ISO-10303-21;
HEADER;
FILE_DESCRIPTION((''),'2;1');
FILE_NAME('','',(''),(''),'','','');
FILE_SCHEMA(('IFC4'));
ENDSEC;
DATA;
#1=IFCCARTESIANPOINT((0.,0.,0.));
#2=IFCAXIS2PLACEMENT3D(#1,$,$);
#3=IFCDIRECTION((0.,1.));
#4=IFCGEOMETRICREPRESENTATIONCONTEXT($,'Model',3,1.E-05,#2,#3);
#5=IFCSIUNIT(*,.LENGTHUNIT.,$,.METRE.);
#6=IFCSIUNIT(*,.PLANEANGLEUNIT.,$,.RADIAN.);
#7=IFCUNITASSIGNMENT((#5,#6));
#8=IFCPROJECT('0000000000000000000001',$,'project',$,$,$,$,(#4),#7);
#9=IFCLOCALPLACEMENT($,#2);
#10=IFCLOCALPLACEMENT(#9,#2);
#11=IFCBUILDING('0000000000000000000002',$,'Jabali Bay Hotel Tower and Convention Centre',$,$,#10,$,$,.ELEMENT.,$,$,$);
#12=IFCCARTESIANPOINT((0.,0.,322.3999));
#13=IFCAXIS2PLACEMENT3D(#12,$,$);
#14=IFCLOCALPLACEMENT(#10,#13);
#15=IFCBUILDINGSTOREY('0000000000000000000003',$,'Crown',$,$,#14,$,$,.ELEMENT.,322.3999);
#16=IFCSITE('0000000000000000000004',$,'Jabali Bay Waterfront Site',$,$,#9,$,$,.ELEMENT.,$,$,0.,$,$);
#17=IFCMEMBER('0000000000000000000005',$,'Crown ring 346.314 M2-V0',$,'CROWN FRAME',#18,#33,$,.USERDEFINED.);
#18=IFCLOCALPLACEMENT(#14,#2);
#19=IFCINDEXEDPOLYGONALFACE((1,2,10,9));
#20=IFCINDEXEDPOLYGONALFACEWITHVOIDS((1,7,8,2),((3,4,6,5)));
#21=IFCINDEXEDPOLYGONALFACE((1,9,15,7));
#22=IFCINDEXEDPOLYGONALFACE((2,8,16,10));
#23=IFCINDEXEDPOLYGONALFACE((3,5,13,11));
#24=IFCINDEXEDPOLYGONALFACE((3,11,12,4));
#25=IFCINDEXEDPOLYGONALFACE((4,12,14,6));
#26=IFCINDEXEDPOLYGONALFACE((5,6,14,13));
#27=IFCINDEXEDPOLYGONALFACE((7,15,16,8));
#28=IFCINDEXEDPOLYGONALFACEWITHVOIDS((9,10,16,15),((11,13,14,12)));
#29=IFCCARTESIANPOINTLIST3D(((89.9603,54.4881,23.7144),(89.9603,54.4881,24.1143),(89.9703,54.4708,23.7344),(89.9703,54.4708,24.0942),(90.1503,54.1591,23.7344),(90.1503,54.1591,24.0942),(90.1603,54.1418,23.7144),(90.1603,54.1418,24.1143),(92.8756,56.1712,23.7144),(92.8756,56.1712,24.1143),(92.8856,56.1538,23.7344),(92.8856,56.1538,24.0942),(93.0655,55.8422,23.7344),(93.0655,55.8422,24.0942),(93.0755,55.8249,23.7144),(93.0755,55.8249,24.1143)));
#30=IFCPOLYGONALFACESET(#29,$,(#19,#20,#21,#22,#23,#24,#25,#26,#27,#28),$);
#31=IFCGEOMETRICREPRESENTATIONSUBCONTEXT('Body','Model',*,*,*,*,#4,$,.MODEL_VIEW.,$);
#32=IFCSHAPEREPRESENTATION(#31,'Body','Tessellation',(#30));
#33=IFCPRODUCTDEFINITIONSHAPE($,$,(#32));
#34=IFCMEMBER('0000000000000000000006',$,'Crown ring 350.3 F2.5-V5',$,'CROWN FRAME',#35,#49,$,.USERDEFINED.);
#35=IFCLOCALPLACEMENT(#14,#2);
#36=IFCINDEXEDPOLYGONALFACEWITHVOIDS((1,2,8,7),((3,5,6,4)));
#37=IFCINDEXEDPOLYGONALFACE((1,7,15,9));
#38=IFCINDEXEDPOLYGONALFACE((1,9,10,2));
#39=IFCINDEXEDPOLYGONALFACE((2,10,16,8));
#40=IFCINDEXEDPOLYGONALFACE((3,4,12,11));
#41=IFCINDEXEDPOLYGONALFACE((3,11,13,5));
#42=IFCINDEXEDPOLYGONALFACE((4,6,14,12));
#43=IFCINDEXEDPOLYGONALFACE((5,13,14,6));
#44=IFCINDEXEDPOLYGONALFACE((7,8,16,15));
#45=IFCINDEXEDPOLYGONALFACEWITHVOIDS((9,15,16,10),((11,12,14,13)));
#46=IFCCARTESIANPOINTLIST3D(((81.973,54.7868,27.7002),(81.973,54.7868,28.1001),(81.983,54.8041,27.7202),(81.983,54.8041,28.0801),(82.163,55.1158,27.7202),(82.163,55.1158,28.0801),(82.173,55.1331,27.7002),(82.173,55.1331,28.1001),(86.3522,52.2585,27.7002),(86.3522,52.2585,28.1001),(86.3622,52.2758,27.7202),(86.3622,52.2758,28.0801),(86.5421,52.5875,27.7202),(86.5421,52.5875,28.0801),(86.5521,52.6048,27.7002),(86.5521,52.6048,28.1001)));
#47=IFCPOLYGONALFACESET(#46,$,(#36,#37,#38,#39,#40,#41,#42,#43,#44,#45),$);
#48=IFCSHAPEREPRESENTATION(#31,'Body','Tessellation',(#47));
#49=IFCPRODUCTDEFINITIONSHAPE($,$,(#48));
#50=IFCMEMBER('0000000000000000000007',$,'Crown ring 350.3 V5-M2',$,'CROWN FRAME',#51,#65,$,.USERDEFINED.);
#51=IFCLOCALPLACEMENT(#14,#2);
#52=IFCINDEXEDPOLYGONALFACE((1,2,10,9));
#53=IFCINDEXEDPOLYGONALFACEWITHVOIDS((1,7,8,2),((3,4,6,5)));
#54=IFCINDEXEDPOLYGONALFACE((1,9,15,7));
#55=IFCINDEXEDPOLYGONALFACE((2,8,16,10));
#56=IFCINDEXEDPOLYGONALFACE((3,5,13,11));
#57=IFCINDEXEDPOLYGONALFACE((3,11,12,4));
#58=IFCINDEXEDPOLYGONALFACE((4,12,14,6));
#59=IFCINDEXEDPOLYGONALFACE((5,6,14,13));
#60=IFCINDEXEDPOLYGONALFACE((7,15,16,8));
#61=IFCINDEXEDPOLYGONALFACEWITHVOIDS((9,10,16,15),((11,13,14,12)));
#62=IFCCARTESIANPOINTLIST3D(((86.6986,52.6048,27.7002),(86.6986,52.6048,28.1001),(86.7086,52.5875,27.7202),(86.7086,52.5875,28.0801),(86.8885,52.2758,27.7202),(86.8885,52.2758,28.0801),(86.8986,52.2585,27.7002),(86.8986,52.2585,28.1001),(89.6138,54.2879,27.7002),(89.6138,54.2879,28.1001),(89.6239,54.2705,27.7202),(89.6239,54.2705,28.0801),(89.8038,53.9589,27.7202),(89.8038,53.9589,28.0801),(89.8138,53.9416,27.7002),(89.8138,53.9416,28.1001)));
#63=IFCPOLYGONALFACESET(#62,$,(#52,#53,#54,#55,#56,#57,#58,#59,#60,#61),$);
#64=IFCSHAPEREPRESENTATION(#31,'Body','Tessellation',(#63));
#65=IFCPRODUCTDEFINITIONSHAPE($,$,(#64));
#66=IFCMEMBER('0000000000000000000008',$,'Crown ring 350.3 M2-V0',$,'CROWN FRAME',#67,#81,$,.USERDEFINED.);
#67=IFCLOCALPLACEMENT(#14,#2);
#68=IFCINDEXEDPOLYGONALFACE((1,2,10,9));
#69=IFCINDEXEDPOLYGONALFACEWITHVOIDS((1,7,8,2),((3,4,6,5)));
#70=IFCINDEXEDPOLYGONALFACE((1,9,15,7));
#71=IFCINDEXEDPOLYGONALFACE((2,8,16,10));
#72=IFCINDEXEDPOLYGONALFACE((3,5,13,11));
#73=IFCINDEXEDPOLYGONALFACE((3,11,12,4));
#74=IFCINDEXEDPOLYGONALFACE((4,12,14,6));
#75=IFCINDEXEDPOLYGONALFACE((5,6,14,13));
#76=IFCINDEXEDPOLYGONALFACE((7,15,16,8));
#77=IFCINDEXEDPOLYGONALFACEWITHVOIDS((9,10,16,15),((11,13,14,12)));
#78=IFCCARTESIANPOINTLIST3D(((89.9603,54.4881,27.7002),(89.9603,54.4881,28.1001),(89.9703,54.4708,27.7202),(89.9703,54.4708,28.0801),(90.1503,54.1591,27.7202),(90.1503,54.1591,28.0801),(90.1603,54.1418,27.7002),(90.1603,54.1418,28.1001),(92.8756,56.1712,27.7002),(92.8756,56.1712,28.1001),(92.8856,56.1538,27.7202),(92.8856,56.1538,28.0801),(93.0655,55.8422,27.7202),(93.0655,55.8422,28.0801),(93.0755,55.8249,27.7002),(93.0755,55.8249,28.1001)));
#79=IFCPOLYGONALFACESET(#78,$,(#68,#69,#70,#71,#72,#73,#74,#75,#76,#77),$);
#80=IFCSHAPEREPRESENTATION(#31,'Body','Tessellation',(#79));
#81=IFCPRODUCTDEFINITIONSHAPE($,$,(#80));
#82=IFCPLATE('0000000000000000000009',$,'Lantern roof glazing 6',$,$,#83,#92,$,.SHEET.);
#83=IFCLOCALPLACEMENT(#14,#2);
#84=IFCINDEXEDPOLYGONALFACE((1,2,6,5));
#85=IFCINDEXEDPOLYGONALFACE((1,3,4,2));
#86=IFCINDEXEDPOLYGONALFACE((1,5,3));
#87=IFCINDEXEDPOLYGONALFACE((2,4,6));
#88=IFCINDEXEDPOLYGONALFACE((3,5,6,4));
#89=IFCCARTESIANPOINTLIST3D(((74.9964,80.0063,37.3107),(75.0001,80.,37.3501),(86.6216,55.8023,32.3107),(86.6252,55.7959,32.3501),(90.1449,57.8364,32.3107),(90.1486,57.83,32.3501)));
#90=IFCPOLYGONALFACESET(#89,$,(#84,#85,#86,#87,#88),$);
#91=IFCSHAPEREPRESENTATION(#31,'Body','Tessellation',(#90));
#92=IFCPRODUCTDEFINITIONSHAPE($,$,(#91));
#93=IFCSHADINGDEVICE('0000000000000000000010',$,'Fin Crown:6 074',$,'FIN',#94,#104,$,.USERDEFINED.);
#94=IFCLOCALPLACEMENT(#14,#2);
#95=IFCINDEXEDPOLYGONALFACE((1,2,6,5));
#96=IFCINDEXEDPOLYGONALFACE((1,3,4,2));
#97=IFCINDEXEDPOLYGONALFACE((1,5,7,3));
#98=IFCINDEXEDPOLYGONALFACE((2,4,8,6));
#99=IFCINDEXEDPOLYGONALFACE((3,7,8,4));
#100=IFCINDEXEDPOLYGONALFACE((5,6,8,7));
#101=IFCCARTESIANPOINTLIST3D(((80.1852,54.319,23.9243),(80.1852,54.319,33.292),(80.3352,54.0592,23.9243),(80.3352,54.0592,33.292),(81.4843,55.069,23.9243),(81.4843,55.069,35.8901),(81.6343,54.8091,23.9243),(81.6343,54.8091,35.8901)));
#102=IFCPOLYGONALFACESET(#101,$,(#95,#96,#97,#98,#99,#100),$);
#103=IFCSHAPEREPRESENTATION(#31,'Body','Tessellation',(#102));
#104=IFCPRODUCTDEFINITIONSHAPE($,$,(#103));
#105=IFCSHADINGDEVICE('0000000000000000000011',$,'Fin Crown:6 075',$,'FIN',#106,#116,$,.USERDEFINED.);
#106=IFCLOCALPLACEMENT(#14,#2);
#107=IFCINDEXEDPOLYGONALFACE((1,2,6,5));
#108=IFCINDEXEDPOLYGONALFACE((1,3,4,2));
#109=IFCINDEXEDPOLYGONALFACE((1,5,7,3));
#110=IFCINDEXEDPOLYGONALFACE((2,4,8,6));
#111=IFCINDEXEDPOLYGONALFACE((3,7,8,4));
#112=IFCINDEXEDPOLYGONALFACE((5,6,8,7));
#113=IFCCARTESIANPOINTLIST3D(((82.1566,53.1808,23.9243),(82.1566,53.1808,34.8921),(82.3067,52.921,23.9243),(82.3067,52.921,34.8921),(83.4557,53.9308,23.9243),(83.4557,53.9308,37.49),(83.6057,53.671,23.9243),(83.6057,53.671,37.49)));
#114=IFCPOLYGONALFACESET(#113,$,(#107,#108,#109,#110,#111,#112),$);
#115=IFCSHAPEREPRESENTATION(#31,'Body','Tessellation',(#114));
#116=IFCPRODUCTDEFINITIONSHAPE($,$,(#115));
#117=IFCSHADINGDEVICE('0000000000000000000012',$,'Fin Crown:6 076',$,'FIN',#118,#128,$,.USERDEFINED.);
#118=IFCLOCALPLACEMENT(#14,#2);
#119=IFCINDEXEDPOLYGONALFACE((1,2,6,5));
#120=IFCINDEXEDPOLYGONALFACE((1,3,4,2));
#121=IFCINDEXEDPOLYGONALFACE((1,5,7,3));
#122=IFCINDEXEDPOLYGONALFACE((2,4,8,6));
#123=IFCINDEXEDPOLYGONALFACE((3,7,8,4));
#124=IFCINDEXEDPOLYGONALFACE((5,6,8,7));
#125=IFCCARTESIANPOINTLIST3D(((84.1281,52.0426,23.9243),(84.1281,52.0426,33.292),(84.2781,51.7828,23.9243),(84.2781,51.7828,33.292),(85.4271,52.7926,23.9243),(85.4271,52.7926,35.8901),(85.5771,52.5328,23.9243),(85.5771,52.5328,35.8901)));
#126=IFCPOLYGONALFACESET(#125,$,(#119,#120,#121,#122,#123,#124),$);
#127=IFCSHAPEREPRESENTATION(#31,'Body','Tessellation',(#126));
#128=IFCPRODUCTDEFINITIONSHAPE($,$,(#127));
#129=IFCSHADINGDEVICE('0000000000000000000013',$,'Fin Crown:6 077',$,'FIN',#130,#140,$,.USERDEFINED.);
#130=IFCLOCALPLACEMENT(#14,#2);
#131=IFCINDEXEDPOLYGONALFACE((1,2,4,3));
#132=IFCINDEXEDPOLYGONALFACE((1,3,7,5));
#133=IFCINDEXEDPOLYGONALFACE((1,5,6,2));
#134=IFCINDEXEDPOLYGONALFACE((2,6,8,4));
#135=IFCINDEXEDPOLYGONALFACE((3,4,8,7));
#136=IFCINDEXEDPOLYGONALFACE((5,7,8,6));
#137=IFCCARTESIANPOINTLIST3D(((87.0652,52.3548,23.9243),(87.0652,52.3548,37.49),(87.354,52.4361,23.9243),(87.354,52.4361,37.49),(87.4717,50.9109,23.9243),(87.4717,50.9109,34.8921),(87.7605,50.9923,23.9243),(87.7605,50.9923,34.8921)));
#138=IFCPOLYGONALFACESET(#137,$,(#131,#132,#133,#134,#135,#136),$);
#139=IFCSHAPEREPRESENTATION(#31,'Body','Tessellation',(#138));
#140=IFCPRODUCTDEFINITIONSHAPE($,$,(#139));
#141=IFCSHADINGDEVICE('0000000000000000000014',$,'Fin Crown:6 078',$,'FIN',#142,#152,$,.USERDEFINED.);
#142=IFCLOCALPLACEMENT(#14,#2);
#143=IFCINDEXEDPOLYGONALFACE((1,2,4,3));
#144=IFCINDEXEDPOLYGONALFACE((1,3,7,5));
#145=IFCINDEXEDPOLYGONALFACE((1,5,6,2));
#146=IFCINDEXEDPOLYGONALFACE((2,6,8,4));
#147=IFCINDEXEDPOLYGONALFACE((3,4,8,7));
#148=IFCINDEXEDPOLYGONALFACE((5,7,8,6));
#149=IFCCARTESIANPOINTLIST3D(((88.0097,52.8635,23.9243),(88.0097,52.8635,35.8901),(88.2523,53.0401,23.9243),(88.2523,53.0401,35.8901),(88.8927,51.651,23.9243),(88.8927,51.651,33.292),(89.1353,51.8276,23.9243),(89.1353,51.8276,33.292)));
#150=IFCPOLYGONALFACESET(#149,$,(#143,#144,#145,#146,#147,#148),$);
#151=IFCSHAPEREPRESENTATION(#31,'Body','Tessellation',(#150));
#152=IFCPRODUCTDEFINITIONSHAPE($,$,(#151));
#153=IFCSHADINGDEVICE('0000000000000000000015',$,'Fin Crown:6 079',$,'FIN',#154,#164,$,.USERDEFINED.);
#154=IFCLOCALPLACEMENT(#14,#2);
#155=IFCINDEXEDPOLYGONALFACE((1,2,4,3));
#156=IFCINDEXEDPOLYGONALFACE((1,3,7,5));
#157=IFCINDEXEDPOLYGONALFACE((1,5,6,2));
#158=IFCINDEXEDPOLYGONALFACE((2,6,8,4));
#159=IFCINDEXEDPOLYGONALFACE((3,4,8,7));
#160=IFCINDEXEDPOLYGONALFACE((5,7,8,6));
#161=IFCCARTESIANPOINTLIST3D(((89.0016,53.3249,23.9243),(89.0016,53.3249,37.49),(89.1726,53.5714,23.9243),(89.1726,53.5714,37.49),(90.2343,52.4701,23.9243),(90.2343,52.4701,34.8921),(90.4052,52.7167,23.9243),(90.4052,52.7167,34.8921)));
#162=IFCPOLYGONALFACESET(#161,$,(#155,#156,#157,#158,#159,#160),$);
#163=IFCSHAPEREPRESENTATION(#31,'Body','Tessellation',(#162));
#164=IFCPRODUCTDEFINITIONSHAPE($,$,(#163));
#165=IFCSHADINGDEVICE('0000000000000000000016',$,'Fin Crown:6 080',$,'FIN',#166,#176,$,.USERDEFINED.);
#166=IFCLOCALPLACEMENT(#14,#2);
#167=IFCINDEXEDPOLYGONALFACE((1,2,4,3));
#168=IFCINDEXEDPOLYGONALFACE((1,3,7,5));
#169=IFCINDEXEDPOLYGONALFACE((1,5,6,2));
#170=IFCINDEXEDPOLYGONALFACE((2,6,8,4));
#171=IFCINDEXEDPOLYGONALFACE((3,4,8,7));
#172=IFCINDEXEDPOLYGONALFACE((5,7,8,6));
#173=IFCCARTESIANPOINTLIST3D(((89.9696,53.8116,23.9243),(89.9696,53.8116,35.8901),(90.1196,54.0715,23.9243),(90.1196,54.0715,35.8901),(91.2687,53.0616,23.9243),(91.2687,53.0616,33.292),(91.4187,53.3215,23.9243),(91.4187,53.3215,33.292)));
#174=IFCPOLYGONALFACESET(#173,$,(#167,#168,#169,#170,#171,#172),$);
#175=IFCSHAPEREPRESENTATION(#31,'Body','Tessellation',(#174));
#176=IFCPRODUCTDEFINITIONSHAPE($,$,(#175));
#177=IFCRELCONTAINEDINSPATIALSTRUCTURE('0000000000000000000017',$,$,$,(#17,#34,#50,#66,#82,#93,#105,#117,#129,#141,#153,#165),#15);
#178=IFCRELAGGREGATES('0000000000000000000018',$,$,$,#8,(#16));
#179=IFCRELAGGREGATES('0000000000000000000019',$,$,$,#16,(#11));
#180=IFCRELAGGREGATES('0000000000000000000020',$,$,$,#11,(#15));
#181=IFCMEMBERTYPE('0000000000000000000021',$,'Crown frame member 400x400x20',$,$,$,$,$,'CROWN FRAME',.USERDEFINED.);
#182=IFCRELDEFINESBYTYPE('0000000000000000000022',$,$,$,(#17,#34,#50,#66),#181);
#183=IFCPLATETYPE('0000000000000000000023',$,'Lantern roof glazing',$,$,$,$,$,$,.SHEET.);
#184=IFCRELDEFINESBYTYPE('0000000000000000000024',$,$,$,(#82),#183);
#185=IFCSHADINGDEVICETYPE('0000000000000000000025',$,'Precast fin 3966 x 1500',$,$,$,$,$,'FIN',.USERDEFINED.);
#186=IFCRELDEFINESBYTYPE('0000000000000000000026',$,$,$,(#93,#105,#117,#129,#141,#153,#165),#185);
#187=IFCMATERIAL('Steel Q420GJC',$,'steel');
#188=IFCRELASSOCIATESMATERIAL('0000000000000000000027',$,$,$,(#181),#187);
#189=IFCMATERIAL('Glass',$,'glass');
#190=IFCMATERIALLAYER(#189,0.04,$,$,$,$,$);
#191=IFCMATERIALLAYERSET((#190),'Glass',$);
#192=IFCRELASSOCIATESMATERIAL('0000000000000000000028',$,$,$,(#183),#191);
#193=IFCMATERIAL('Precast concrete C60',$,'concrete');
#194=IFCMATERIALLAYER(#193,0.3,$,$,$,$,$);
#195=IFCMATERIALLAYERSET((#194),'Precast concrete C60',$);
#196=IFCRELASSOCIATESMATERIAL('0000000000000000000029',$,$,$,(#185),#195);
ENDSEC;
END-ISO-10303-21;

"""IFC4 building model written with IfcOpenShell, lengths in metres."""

from ifc_helpers import new_model, si_unit, direction, frame, origin, origin_2d, place, context, subcontext, project, spatial, polyline, hollow_rectangle, outline, extrude, material, layer, layer_set, material_profile, profile_set, type_object, element, save


model = new_model("IFC4")

# Units and contexts
model_context = context("Model", 3, precision=1e-05, world=origin(), true_north=direction((0.0, 1.0)))
body_context = subcontext(model_context, "Body", "Model", "MODEL_VIEW")
ifc_project = project(units=[si_unit("LENGTHUNIT", "METRE"), si_unit("PLANEANGLEUNIT", "RADIAN")], contexts=[model_context])

# Site, building, storey
site_placement = place(None, origin())
site = spatial("IfcSite", under=ifc_project, at=site_placement, Name="Jabali Bay Waterfront Site", CompositionType="ELEMENT", RefElevation=0.0)
building_placement = place(site_placement, origin())
building = spatial("IfcBuilding", under=site, at=building_placement, Name="Jabali Bay Hotel Tower and Convention Centre", CompositionType="ELEMENT")
storey_placement = place(building_placement, frame((0.0, 0.0, 322.3999)))
storey = spatial("IfcBuildingStorey", under=building, at=storey_placement, Name="Crown", CompositionType="ELEMENT", Elevation=322.3999)

# Members
ifc_material_1 = material(Name="Steel Q420GJC", Category="steel")
ifc_material_profile_1 = material_profile(ifc_material_1, hollow_rectangle(XDim=0.3999, YDim=0.3999, WallThickness=0.02, at=origin_2d()), Name="Crown frame member 400x400x20")
ifc_profile_set_1 = profile_set([ifc_material_profile_1], Name="Steel Q420GJC")
member_type_1 = type_object("IfcMemberType", Name="Crown frame member 400x400x20", ElementType="CROWN FRAME", PredefinedType="USERDEFINED", material=ifc_profile_set_1)
member_1_placement = place(storey_placement, frame((90.0603, 54.3149, 23.9143), z_axis=(0.86603, 0.499992, 0.0), x_axis=(-0.499992, 0.86603, 0.0)))
element("IfcMember", 1, at=member_1_placement, inside=storey, type_object=member_type_1, Name="Crown ring 346.314 M2-V0", ObjectType="CROWN FRAME", PredefinedType="USERDEFINED", context=body_context, shape_type="SweptSolid", body=[
    extrude(hollow_rectangle(XDim=0.3999, YDim=0.3999, WallThickness=0.02, at=origin_2d()), origin(), (0.0, 0.0, 1.0), 3.3662),
])
member_2_placement = place(storey_placement, frame((82.073, 54.96, 27.9001), z_axis=(0.866024, -0.500002, 0.0), x_axis=(0.500002, 0.866024, 0.0)))
element("IfcMember", 2, at=member_2_placement, inside=storey, type_object=member_type_1, Name="Crown ring 350.3 F2.5-V5", ObjectType="CROWN FRAME", PredefinedType="USERDEFINED", context=body_context, shape_type="SweptSolid", body=[
    extrude(hollow_rectangle(XDim=0.3999, YDim=0.3999, WallThickness=0.02, at=origin_2d()), origin(), (0.0, 0.0, 1.0), 5.0566),
])
for number, where, z_axis, x_axis, name in (
    (3, (86.7986, 52.4316, 27.9001), (0.86603, 0.499992, 0.0), (-0.499992, 0.86603, 0.0), "Crown ring 350.3 V5-M2"),
    (4, (90.0603, 54.3149, 27.9001), (0.86603, 0.499992, 0.0), (-0.499992, 0.86603, 0.0), "Crown ring 350.3 M2-V0"),
):
    element("IfcMember", number, at=place(storey_placement, frame(where, z_axis=z_axis, x_axis=x_axis)), inside=storey, type_object=member_type_1, Name=name, ObjectType="CROWN FRAME", PredefinedType="USERDEFINED", context=body_context, shape_type="SweptSolid", body=[
        extrude(hollow_rectangle(XDim=0.3999, YDim=0.3999, WallThickness=0.02, at=origin_2d()), origin(), (0.0, 0.0, 1.0), 3.3662),
    ])

# Plate
ifc_material_2 = material(Name="Glass", Category="glass")
ifc_layer_1 = layer(ifc_material_2, 0.04)
ifc_layer_set_1 = layer_set([ifc_layer_1], Name="Glass")
plate_type = type_object("IfcPlateType", Name="Lantern roof glazing", PredefinedType="SHEET", material=ifc_layer_set_1)
plate_placement = place(storey_placement, frame((86.6252, 55.7959, 32.3501), z_axis=(0.091785, -0.158982, 0.983006), x_axis=(0.866034, 0.499986, 0.0)))
element("IfcPlate", 5, at=plate_placement, inside=storey, type_object=plate_type, Name="Lantern roof glazing 6", PredefinedType="SHEET", context=body_context, shape_type="SweptSolid", body=[
    extrude(outline(polyline([(0.0, 0.0), (4.0684, 0.0), (2.0339, 27.2368), (0.0, 0.0)])), origin(), (0.0, 0.0, -1.0), 0.04),
])

# Shading devices
ifc_material_3 = material(Name="Precast concrete C60", Category="concrete")
ifc_layer_2 = layer(ifc_material_3, 0.3)
ifc_layer_set_2 = layer_set([ifc_layer_2], Name="Precast concrete C60")
shading_device_type = type_object("IfcShadingDeviceType", Name="Precast fin 3966 x 1500", ElementType="FIN", PredefinedType="USERDEFINED", material=ifc_layer_set_2)
shading_device_1_placement = place(storey_placement, frame((81.5593, 54.939, 23.9243), z_axis=(0.0, 0.0, 1.0), x_axis=(-0.866031, -0.49999, 0.0)))
element("IfcShadingDevice", 6, at=shading_device_1_placement, inside=storey, type_object=shading_device_type, Name="Fin Crown:6 074", ObjectType="FIN", PredefinedType="USERDEFINED", context=body_context, shape_type="SweptSolid", body=[
    extrude(outline(polyline([(0.0, 0.0), (1.5, 0.0), (1.5, 9.3677), (0.0, 11.9658), (0.0, 0.0)])), frame((0.0, 0.1499, 0.0), z_axis=(0.0, -1.0, 0.0), x_axis=(1.0, 0.0, 0.0)), (0.0, 0.0, 1.0), 0.3),
])
shading_device_2_placement = place(storey_placement, frame((83.5308, 53.8008, 23.9243), z_axis=(0.0, 0.0, 1.0), x_axis=(-0.866031, -0.49999, 0.0)))
element("IfcShadingDevice", 7, at=shading_device_2_placement, inside=storey, type_object=shading_device_type, Name="Fin Crown:6 075", ObjectType="FIN", PredefinedType="USERDEFINED", context=body_context, shape_type="SweptSolid", body=[
    extrude(outline(polyline([(0.0, 0.0), (1.5, 0.0), (1.5, 10.9678), (0.0, 13.5657), (0.0, 0.0)])), frame((0.0, 0.1499, 0.0), z_axis=(0.0, -1.0, 0.0), x_axis=(1.0, 0.0, 0.0)), (0.0, 0.0, 1.0), 0.3),
])
shading_device_3_placement = place(storey_placement, frame((85.5022, 52.6626, 23.9243), z_axis=(0.0, 0.0, 1.0), x_axis=(-0.866031, -0.49999, 0.0)))
element("IfcShadingDevice", 8, at=shading_device_3_placement, inside=storey, type_object=shading_device_type, Name="Fin Crown:6 076", ObjectType="FIN", PredefinedType="USERDEFINED", context=body_context, shape_type="SweptSolid", body=[
    extrude(outline(polyline([(0.0, 0.0), (1.5, 0.0), (1.5, 9.3677), (0.0, 11.9658), (0.0, 0.0)])), frame((0.0, 0.1499, 0.0), z_axis=(0.0, -1.0, 0.0), x_axis=(1.0, 0.0, 0.0)), (0.0, 0.0, 1.0), 0.3),
])
shading_device_4_placement = place(storey_placement, frame((87.2097, 52.3955, 23.9243), z_axis=(0.0, 0.0, 1.0), x_axis=(0.271, -0.962579, 0.0)))
element("IfcShadingDevice", 9, at=shading_device_4_placement, inside=storey, type_object=shading_device_type, Name="Fin Crown:6 077", ObjectType="FIN", PredefinedType="USERDEFINED", context=body_context, shape_type="SweptSolid", body=[
    extrude(outline(polyline([(0.0, 0.0), (1.5, 0.0), (1.5, 10.9678), (0.0, 13.5657), (0.0, 0.0)])), frame((0.0, 0.1499, 0.0), z_axis=(0.0, -1.0, 0.0), x_axis=(1.0, 0.0, 0.0)), (0.0, 0.0, 1.0), 0.3),
])
shading_device_5_placement = place(storey_placement, frame((88.1311, 52.9519, 23.9243), z_axis=(0.0, 0.0, 1.0), x_axis=(0.588665, -0.808377, 0.0)))
element("IfcShadingDevice", 10, at=shading_device_5_placement, inside=storey, type_object=shading_device_type, Name="Fin Crown:6 078", ObjectType="FIN", PredefinedType="USERDEFINED", context=body_context, shape_type="SweptSolid", body=[
    extrude(outline(polyline([(0.0, 0.0), (1.5, 0.0), (1.5, 9.3677), (0.0, 11.9658), (0.0, 0.0)])), frame((0.0, 0.1499, 0.0), z_axis=(0.0, -1.0, 0.0), x_axis=(1.0, 0.0, 0.0)), (0.0, 0.0, 1.0), 0.3),
])
shading_device_6_placement = place(storey_placement, frame((89.0872, 53.4482, 23.9243), z_axis=(0.0, 0.0, 1.0), x_axis=(0.82177, -0.569819, 0.0)))
element("IfcShadingDevice", 11, at=shading_device_6_placement, inside=storey, type_object=shading_device_type, Name="Fin Crown:6 079", ObjectType="FIN", PredefinedType="USERDEFINED", context=body_context, shape_type="SweptSolid", body=[
    extrude(outline(polyline([(0.0, 0.0), (1.5, 0.0), (1.5, 10.9678), (0.0, 13.5657), (0.0, 0.0)])), frame((0.0, 0.1499, 0.0), z_axis=(0.0, -1.0, 0.0), x_axis=(1.0, 0.0, 0.0)), (0.0, 0.0, 1.0), 0.3),
])
shading_device_7_placement = place(storey_placement, frame((90.0447, 53.9417, 23.9243), z_axis=(0.0, 0.0, 1.0), x_axis=(0.866031, -0.49999, 0.0)))
element("IfcShadingDevice", 12, at=shading_device_7_placement, inside=storey, type_object=shading_device_type, Name="Fin Crown:6 080", ObjectType="FIN", PredefinedType="USERDEFINED", context=body_context, shape_type="SweptSolid", body=[
    extrude(outline(polyline([(0.0, 0.0), (1.5, 0.0), (1.5, 9.3677), (0.0, 11.9658), (0.0, 0.0)])), frame((0.0, 0.1499, 0.0), z_axis=(0.0, -1.0, 0.0), x_axis=(1.0, 0.0, 0.0)), (0.0, 0.0, 1.0), 0.3),
])

save(model, "model.ifc")
